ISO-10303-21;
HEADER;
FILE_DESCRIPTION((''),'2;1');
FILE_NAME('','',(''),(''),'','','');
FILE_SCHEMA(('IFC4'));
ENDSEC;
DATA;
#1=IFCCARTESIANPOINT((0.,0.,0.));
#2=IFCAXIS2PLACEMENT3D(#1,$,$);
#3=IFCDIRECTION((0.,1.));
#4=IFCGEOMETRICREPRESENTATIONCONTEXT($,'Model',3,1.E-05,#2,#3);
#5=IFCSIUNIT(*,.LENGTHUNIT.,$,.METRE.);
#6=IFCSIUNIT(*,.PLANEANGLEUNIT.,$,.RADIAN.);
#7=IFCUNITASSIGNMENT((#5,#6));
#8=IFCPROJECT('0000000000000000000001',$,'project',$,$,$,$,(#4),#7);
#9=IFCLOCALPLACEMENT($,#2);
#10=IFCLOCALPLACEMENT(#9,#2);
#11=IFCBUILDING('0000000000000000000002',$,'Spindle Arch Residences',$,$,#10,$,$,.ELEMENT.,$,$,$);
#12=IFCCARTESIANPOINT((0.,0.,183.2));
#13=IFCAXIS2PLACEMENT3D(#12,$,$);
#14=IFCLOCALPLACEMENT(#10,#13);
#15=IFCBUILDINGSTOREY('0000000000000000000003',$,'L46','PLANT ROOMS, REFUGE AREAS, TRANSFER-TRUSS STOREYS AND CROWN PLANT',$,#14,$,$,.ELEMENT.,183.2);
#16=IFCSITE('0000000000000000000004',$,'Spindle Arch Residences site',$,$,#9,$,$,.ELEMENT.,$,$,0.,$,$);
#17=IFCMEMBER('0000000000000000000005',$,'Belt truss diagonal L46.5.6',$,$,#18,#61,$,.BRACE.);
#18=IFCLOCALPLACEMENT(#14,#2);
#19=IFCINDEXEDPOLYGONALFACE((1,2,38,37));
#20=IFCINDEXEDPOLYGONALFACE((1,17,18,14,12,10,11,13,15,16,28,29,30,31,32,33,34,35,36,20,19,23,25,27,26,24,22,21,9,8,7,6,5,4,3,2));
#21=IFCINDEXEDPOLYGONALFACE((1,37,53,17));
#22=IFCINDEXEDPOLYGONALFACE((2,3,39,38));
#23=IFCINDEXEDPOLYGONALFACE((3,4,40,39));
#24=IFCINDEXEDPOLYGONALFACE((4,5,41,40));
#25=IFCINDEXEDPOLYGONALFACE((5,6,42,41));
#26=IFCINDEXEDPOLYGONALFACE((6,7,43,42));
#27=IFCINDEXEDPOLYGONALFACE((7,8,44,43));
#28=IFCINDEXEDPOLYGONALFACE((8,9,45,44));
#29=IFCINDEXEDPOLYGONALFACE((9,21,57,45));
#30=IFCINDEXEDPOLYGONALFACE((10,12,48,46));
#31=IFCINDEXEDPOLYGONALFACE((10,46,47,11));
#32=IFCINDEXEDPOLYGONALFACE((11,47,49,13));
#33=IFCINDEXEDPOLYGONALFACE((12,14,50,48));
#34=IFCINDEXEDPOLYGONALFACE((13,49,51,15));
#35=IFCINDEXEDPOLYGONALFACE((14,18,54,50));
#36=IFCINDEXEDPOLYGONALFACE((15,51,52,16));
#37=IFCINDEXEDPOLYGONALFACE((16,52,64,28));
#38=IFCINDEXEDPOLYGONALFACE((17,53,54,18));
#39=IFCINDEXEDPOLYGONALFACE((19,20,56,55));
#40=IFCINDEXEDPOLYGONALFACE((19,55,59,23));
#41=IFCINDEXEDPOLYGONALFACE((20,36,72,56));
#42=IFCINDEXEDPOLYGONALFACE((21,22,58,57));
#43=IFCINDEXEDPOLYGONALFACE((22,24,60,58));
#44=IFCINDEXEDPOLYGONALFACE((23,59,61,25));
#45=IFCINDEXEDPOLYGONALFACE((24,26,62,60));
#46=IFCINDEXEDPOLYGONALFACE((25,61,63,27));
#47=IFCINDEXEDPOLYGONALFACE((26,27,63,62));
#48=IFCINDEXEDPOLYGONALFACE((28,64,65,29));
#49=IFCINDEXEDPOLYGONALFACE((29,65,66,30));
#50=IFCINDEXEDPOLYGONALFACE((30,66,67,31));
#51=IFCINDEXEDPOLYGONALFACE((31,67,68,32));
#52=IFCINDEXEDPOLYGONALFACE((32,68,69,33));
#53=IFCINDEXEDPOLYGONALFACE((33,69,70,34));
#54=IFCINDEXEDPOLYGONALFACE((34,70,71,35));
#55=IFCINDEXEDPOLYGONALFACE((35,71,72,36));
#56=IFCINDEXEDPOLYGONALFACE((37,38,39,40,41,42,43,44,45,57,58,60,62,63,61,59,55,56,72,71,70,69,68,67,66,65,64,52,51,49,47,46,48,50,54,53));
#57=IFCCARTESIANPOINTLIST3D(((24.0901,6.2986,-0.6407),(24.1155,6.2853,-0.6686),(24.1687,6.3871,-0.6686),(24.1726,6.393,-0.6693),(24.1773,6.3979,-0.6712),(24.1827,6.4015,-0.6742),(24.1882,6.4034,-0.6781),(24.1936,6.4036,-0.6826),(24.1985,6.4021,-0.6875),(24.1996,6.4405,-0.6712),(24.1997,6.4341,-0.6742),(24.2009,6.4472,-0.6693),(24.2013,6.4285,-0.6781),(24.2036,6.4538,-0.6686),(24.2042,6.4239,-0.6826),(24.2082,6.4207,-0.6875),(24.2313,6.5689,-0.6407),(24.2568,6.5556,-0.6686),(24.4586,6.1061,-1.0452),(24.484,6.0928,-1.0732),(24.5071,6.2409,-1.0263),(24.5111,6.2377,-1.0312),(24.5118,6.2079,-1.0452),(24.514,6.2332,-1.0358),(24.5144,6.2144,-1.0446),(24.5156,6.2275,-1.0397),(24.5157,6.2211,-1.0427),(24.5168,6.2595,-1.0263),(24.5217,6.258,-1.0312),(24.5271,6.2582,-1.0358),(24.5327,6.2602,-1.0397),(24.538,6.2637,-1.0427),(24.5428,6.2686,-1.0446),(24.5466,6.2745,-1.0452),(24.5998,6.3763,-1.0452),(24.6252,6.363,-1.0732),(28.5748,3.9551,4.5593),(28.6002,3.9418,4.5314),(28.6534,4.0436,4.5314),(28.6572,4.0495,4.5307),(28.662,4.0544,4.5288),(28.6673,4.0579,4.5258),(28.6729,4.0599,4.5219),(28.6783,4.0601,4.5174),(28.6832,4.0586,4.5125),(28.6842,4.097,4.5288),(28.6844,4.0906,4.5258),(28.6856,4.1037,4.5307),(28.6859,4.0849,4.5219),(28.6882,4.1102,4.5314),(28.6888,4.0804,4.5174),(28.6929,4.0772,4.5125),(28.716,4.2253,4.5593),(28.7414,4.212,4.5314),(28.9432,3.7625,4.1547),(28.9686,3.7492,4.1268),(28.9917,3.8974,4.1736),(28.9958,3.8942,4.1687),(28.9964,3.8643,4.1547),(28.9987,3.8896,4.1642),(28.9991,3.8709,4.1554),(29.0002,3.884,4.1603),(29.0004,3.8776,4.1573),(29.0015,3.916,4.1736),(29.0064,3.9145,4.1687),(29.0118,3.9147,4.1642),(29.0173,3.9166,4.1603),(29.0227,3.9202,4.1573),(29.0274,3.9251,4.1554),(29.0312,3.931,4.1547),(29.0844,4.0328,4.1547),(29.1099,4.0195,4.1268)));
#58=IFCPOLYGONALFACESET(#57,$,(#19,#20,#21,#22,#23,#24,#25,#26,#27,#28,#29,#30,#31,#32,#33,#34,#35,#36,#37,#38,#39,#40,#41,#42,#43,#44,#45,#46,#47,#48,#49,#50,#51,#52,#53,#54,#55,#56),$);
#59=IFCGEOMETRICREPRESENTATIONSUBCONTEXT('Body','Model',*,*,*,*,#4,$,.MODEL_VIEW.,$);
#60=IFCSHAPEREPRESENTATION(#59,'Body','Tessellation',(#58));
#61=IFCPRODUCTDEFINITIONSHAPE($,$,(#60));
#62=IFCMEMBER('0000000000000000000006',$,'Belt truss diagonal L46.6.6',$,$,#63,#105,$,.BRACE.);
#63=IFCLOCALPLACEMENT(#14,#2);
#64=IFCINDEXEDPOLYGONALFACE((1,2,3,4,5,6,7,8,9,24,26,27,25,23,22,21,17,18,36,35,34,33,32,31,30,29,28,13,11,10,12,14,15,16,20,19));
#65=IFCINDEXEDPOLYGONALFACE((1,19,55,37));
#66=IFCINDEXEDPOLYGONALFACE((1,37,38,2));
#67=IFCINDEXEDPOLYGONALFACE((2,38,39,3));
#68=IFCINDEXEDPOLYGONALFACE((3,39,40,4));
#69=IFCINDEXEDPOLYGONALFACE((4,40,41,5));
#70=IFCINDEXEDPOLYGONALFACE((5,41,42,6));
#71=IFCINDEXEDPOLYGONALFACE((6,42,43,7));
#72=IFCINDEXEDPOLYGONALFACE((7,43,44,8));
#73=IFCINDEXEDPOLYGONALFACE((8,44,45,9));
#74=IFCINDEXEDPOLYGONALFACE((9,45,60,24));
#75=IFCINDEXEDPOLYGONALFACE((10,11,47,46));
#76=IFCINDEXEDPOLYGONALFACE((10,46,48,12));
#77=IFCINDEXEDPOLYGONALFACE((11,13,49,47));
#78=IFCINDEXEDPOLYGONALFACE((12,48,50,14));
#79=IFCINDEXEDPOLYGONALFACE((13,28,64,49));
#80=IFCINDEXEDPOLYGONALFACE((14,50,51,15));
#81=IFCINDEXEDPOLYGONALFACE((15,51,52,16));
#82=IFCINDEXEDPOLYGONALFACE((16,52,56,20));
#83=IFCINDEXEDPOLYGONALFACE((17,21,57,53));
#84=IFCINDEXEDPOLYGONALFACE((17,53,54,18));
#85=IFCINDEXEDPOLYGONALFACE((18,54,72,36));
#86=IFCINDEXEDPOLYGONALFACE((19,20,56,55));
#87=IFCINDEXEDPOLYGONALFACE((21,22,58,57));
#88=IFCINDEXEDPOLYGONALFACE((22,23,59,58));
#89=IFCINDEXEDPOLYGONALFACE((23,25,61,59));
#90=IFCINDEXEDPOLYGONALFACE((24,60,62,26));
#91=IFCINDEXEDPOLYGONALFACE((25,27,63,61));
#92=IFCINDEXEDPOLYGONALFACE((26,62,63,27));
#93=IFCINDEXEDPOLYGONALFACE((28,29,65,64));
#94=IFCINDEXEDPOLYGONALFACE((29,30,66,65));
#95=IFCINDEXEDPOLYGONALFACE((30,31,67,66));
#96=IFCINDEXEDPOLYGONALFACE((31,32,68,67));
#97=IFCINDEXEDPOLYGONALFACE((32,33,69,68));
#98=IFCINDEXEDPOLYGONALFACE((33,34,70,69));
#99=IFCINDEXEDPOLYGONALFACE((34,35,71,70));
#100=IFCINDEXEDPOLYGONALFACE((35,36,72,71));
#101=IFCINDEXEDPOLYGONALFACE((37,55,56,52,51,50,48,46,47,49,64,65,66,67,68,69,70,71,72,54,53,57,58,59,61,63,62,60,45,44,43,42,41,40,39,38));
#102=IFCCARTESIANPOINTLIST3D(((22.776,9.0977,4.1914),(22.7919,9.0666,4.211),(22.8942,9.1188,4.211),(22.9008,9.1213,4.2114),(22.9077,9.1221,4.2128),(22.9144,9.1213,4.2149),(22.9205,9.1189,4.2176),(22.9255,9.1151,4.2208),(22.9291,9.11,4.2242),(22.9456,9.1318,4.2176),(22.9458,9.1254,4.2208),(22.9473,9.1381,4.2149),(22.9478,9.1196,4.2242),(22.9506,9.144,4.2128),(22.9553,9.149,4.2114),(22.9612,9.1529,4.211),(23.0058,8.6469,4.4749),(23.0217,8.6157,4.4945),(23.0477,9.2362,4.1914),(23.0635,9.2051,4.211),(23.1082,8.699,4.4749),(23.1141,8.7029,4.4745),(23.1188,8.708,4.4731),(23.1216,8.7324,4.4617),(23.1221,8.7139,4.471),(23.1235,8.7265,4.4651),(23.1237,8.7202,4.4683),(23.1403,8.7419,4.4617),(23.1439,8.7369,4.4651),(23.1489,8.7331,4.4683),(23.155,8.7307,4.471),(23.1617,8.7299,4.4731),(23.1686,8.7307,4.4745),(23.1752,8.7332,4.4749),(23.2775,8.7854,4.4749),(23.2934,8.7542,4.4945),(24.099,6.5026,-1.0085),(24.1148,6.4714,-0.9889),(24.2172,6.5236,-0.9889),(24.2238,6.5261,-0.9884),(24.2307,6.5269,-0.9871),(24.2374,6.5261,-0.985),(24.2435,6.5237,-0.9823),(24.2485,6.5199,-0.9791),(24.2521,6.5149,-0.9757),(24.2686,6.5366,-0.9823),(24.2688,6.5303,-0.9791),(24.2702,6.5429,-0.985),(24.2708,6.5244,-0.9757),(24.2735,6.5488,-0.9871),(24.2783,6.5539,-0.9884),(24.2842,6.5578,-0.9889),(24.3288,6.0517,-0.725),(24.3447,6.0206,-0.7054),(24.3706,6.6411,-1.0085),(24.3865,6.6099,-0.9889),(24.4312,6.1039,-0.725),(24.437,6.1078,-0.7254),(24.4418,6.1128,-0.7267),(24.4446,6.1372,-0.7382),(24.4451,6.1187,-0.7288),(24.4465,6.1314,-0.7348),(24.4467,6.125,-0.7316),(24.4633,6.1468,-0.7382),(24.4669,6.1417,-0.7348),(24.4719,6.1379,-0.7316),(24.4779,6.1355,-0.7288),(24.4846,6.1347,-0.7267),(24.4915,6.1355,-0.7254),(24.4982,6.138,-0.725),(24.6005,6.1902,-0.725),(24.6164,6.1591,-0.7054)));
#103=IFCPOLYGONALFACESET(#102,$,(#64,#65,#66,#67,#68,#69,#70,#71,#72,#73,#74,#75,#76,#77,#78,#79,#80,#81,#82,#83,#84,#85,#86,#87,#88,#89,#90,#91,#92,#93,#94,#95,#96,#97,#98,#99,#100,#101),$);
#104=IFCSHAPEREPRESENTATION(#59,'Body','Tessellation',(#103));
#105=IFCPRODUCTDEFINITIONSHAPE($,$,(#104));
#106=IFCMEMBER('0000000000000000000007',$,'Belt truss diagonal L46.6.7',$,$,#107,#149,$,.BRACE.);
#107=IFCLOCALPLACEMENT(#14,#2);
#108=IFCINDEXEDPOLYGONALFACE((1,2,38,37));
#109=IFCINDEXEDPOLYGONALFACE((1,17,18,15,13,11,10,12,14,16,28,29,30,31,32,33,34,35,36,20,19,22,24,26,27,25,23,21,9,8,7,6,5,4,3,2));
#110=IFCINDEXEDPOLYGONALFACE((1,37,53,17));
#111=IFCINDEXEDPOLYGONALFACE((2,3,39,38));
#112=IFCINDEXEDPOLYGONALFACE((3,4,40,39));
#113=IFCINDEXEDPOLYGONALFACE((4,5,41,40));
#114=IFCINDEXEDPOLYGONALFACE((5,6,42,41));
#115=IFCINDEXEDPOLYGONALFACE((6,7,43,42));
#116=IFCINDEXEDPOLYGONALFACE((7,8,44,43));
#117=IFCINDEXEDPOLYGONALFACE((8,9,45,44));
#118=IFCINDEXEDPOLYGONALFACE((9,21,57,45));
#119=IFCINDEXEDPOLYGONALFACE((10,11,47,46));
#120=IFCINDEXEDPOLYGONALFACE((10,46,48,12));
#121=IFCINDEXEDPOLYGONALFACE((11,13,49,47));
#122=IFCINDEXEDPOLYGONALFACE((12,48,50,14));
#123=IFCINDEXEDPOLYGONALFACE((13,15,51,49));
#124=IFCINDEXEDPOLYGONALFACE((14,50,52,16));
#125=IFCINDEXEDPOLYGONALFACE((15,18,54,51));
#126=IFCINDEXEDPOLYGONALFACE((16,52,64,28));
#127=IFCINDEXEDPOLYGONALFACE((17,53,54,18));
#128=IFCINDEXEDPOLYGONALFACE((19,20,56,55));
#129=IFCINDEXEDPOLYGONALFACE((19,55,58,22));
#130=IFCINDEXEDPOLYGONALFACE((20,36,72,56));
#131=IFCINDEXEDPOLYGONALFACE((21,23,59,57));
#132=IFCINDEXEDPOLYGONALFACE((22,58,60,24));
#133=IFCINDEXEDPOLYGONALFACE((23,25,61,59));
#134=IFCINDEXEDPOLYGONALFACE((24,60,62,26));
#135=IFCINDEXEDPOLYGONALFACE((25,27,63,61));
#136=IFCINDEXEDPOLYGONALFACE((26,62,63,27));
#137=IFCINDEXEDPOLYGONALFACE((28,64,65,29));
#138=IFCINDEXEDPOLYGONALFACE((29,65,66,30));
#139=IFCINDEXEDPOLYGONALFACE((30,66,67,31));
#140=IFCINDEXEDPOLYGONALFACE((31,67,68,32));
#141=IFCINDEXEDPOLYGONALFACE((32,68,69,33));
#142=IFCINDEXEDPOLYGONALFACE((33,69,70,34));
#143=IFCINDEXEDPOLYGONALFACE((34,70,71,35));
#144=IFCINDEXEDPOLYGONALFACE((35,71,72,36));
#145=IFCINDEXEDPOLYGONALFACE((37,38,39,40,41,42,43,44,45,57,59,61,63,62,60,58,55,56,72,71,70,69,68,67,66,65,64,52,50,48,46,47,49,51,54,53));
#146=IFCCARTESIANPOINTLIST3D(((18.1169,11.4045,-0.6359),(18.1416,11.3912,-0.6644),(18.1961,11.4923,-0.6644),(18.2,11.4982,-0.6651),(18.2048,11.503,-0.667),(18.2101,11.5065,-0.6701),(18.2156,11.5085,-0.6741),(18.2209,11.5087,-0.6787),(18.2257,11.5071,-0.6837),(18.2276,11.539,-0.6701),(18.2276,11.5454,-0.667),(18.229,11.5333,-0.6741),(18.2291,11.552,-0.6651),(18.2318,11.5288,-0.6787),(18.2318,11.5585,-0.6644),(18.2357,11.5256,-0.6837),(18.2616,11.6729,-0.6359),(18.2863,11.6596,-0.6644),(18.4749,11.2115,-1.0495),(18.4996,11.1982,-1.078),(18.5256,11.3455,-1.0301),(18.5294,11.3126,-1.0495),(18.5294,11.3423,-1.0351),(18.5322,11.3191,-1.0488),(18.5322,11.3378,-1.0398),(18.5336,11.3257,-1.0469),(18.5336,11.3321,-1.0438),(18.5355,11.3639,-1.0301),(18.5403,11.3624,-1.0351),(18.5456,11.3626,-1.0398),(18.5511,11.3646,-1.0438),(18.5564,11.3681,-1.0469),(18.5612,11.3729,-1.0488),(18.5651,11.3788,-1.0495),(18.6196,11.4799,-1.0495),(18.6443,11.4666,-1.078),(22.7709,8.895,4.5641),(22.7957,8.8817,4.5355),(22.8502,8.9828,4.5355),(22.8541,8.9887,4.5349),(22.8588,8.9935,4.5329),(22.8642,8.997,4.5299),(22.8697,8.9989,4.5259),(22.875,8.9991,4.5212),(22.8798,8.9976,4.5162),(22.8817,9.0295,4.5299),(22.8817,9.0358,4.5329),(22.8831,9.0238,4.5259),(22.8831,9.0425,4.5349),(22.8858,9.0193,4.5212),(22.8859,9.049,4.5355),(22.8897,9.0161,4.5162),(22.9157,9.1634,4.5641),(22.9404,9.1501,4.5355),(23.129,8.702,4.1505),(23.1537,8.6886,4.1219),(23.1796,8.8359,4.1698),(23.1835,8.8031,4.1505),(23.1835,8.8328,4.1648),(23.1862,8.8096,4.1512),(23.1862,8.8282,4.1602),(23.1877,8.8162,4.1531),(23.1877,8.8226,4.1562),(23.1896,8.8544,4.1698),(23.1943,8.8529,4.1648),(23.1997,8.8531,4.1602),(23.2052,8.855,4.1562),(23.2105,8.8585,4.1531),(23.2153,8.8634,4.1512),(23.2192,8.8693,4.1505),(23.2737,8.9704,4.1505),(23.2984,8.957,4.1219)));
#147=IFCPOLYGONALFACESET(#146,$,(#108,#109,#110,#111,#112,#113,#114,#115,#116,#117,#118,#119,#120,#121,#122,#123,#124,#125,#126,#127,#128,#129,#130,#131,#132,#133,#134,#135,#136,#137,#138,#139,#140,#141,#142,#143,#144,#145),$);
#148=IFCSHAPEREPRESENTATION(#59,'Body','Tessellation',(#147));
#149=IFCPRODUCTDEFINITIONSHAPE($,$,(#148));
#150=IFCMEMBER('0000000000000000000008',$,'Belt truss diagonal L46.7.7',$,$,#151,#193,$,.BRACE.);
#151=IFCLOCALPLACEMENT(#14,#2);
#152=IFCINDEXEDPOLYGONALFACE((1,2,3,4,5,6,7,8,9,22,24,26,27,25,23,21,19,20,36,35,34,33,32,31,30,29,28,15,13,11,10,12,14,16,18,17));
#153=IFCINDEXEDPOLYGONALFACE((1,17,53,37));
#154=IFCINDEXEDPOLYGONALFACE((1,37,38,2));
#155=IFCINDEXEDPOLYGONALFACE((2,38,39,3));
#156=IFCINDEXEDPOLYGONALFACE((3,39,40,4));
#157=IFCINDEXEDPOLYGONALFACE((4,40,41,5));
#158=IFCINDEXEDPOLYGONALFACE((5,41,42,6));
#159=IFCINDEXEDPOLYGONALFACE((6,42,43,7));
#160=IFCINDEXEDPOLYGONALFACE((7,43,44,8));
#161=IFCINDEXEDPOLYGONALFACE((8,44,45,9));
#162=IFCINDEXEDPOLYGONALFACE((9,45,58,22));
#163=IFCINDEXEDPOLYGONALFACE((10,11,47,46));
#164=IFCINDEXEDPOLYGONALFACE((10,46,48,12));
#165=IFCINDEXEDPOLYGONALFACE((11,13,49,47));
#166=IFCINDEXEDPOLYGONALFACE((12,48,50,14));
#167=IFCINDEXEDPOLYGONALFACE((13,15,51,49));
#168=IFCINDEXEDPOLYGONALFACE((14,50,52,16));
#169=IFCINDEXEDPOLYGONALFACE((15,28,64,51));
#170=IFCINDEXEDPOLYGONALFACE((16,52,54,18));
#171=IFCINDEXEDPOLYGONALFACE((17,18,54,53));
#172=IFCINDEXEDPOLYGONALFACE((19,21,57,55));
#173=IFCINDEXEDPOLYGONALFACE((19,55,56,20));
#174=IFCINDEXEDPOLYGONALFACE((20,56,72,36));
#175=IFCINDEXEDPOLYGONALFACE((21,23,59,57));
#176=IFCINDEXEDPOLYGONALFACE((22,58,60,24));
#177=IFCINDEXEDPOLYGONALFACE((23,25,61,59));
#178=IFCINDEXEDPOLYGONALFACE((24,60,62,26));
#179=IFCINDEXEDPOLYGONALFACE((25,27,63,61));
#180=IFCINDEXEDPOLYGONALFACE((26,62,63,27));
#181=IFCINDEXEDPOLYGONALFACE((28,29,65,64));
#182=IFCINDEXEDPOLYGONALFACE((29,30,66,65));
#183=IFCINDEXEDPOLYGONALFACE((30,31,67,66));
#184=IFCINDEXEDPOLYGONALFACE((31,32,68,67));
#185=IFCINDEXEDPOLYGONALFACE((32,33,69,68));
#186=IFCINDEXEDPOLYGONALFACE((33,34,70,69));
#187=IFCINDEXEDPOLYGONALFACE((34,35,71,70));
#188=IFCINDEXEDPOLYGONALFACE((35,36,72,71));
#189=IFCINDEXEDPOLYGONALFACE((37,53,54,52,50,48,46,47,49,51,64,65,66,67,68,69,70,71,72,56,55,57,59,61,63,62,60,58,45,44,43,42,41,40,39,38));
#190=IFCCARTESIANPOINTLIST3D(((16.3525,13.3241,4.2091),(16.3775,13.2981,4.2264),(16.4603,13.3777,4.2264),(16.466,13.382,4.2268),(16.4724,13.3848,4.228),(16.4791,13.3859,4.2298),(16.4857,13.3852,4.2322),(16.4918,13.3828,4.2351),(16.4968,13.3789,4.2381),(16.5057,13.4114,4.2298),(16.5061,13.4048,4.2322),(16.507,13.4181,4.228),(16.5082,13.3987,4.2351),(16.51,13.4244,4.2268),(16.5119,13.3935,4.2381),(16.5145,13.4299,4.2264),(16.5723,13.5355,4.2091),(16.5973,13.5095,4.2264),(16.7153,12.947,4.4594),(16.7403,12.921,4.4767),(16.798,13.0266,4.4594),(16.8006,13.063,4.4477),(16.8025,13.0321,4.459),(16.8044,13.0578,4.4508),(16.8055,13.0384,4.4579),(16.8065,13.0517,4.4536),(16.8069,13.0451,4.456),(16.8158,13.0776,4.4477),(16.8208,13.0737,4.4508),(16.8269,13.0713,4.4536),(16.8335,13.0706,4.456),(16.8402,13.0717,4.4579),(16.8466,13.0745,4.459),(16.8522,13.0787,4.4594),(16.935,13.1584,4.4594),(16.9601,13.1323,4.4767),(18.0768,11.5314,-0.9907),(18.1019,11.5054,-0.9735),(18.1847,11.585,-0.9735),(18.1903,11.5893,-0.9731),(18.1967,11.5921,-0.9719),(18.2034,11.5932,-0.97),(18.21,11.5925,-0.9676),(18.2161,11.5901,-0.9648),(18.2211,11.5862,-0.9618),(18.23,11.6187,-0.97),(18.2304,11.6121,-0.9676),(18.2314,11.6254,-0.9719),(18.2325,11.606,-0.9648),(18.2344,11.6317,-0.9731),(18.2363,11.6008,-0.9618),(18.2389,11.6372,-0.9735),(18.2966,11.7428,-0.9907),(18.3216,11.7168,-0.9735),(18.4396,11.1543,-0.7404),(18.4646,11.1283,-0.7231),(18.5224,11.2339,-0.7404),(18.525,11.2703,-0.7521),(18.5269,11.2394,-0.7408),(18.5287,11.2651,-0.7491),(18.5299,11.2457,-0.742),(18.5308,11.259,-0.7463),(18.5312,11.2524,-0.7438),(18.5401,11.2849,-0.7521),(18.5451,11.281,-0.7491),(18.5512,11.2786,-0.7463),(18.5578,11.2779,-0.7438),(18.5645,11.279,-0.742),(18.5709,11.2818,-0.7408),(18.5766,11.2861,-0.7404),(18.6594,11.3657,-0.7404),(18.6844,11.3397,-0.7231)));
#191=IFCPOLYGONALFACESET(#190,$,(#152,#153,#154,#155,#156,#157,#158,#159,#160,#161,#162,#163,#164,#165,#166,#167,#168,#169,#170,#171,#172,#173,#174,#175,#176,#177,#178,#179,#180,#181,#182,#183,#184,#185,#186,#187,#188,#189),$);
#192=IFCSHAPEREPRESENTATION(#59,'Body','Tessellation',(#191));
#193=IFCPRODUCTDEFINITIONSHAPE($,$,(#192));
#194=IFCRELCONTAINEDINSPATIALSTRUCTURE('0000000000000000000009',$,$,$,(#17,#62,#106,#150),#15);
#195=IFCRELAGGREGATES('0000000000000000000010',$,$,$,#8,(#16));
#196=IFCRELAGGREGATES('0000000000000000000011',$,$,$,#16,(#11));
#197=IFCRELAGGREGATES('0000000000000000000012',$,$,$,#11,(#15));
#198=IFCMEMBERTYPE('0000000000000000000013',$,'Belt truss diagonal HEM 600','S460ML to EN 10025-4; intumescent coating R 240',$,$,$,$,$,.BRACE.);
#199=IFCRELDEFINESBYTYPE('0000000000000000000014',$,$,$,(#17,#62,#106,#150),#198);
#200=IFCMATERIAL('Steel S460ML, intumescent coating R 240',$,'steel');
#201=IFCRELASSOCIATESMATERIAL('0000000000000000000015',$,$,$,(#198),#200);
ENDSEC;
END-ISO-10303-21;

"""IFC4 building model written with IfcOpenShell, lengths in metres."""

from ifc_helpers import new_model, si_unit, direction, frame, origin, origin_2d, place, context, subcontext, project, spatial, i_section, extrude, material, material_profile, profile_set, type_object, element, save


model = new_model("IFC4")

# Units and contexts
model_context = context("Model", 3, precision=1e-05, world=origin(), true_north=direction((0.0, 1.0)))
body_context = subcontext(model_context, "Body", "Model", "MODEL_VIEW")
ifc_project = project(units=[si_unit("LENGTHUNIT", "METRE"), si_unit("PLANEANGLEUNIT", "RADIAN")], contexts=[model_context])

# Site, building, storey
site_placement = place(None, origin())
site = spatial("IfcSite", under=ifc_project, at=site_placement, Name="Spindle Arch Residences site", CompositionType="ELEMENT", RefElevation=0.0)
building_placement = place(site_placement, origin())
building = spatial("IfcBuilding", under=site, at=building_placement, Name="Spindle Arch Residences", CompositionType="ELEMENT")
storey_placement = place(building_placement, frame((0.0, 0.0, 183.2)))
storey = spatial("IfcBuildingStorey", under=building, at=storey_placement, Name="L46", Description="PLANT ROOMS, REFUGE AREAS, TRANSFER-TRUSS STOREYS AND CROWN PLANT", CompositionType="ELEMENT", Elevation=183.2)

# Members
ifc_material_1 = material(Name="Steel S460ML, intumescent coating R 240", Category="steel")
ifc_material_profile_1 = material_profile(ifc_material_1, i_section(OverallWidth=0.3049, OverallDepth=0.6201, WebThickness=0.021, FlangeThickness=0.04, FilletRadius=0.0271, at=origin_2d()), Name="HEM 600")
ifc_profile_set_1 = profile_set([ifc_material_profile_1], Name="Steel S460ML, intumescent coating R 240")
member_type_1 = type_object("IfcMemberType", Name="Belt truss diagonal HEM 600", Description="S460ML to EN 10025-4; intumescent coating R 240", PredefinedType="BRACE", material=ifc_profile_set_1)
member_1_placement = place(storey_placement, frame((24.3577, 6.3308, -0.8569), z_axis=(0.618093, -0.322994, 0.716684), x_axis=(0.463141, 0.886284, 0.0)))
element("IfcMember", 1, at=member_1_placement, inside=storey, type_object=member_type_1, Name="Belt truss diagonal L46.5.6", PredefinedType="BRACE", context=body_context, shape_type="SweptSolid", body=[
    extrude(i_section(OverallWidth=0.3049, OverallDepth=0.6201, WebThickness=0.021, FlangeThickness=0.04, FilletRadius=0.0271, at=origin_2d()), origin(), (0.0, 0.0, 1.0), 7.2556),
])
member_2_placement = place(storey_placement, frame((24.3577, 6.3308, -0.8569), z_axis=(-0.221969, 0.435418, 0.872434), x_axis=(-0.890913, -0.454173, 0.0)))
element("IfcMember", 2, at=member_2_placement, inside=storey, type_object=member_type_1, Name="Belt truss diagonal L46.6.6", PredefinedType="BRACE", context=body_context, shape_type="SweptSolid", body=[
    extrude(i_section(OverallWidth=0.3049, OverallDepth=0.6201, WebThickness=0.021, FlangeThickness=0.04, FilletRadius=0.0271, at=origin_2d()), origin(), (0.0, 0.0, 1.0), 5.9602),
])
member_3_placement = place(storey_placement, frame((18.3806, 11.4355, -0.8569), z_axis=(0.627567, -0.338392, 0.701178), x_axis=(0.474612, 0.880195, 0.0)))
element("IfcMember", 3, at=member_3_placement, inside=storey, type_object=member_type_1, Name="Belt truss diagonal L46.6.7", PredefinedType="BRACE", context=body_context, shape_type="SweptSolid", body=[
    extrude(i_section(OverallWidth=0.3049, OverallDepth=0.6201, WebThickness=0.021, FlangeThickness=0.04, FilletRadius=0.0271, at=origin_2d()), origin(), (0.0, 0.0, 1.0), 7.416),
])
member_4_placement = place(storey_placement, frame((18.3806, 11.4355, -0.8569), z_axis=(-0.299147, 0.311006, 0.902101), x_axis=(-0.720714, -0.693232, 0.0)))
element("IfcMember", 4, at=member_4_placement, inside=storey, type_object=member_type_1, Name="Belt truss diagonal L46.7.7", PredefinedType="BRACE", context=body_context, shape_type="SweptSolid", body=[
    extrude(i_section(OverallWidth=0.3049, OverallDepth=0.6201, WebThickness=0.021, FlangeThickness=0.04, FilletRadius=0.0271, at=origin_2d()), origin(), (0.0, 0.0, 1.0), 5.7642),
])

save(model, "model.ifc")
